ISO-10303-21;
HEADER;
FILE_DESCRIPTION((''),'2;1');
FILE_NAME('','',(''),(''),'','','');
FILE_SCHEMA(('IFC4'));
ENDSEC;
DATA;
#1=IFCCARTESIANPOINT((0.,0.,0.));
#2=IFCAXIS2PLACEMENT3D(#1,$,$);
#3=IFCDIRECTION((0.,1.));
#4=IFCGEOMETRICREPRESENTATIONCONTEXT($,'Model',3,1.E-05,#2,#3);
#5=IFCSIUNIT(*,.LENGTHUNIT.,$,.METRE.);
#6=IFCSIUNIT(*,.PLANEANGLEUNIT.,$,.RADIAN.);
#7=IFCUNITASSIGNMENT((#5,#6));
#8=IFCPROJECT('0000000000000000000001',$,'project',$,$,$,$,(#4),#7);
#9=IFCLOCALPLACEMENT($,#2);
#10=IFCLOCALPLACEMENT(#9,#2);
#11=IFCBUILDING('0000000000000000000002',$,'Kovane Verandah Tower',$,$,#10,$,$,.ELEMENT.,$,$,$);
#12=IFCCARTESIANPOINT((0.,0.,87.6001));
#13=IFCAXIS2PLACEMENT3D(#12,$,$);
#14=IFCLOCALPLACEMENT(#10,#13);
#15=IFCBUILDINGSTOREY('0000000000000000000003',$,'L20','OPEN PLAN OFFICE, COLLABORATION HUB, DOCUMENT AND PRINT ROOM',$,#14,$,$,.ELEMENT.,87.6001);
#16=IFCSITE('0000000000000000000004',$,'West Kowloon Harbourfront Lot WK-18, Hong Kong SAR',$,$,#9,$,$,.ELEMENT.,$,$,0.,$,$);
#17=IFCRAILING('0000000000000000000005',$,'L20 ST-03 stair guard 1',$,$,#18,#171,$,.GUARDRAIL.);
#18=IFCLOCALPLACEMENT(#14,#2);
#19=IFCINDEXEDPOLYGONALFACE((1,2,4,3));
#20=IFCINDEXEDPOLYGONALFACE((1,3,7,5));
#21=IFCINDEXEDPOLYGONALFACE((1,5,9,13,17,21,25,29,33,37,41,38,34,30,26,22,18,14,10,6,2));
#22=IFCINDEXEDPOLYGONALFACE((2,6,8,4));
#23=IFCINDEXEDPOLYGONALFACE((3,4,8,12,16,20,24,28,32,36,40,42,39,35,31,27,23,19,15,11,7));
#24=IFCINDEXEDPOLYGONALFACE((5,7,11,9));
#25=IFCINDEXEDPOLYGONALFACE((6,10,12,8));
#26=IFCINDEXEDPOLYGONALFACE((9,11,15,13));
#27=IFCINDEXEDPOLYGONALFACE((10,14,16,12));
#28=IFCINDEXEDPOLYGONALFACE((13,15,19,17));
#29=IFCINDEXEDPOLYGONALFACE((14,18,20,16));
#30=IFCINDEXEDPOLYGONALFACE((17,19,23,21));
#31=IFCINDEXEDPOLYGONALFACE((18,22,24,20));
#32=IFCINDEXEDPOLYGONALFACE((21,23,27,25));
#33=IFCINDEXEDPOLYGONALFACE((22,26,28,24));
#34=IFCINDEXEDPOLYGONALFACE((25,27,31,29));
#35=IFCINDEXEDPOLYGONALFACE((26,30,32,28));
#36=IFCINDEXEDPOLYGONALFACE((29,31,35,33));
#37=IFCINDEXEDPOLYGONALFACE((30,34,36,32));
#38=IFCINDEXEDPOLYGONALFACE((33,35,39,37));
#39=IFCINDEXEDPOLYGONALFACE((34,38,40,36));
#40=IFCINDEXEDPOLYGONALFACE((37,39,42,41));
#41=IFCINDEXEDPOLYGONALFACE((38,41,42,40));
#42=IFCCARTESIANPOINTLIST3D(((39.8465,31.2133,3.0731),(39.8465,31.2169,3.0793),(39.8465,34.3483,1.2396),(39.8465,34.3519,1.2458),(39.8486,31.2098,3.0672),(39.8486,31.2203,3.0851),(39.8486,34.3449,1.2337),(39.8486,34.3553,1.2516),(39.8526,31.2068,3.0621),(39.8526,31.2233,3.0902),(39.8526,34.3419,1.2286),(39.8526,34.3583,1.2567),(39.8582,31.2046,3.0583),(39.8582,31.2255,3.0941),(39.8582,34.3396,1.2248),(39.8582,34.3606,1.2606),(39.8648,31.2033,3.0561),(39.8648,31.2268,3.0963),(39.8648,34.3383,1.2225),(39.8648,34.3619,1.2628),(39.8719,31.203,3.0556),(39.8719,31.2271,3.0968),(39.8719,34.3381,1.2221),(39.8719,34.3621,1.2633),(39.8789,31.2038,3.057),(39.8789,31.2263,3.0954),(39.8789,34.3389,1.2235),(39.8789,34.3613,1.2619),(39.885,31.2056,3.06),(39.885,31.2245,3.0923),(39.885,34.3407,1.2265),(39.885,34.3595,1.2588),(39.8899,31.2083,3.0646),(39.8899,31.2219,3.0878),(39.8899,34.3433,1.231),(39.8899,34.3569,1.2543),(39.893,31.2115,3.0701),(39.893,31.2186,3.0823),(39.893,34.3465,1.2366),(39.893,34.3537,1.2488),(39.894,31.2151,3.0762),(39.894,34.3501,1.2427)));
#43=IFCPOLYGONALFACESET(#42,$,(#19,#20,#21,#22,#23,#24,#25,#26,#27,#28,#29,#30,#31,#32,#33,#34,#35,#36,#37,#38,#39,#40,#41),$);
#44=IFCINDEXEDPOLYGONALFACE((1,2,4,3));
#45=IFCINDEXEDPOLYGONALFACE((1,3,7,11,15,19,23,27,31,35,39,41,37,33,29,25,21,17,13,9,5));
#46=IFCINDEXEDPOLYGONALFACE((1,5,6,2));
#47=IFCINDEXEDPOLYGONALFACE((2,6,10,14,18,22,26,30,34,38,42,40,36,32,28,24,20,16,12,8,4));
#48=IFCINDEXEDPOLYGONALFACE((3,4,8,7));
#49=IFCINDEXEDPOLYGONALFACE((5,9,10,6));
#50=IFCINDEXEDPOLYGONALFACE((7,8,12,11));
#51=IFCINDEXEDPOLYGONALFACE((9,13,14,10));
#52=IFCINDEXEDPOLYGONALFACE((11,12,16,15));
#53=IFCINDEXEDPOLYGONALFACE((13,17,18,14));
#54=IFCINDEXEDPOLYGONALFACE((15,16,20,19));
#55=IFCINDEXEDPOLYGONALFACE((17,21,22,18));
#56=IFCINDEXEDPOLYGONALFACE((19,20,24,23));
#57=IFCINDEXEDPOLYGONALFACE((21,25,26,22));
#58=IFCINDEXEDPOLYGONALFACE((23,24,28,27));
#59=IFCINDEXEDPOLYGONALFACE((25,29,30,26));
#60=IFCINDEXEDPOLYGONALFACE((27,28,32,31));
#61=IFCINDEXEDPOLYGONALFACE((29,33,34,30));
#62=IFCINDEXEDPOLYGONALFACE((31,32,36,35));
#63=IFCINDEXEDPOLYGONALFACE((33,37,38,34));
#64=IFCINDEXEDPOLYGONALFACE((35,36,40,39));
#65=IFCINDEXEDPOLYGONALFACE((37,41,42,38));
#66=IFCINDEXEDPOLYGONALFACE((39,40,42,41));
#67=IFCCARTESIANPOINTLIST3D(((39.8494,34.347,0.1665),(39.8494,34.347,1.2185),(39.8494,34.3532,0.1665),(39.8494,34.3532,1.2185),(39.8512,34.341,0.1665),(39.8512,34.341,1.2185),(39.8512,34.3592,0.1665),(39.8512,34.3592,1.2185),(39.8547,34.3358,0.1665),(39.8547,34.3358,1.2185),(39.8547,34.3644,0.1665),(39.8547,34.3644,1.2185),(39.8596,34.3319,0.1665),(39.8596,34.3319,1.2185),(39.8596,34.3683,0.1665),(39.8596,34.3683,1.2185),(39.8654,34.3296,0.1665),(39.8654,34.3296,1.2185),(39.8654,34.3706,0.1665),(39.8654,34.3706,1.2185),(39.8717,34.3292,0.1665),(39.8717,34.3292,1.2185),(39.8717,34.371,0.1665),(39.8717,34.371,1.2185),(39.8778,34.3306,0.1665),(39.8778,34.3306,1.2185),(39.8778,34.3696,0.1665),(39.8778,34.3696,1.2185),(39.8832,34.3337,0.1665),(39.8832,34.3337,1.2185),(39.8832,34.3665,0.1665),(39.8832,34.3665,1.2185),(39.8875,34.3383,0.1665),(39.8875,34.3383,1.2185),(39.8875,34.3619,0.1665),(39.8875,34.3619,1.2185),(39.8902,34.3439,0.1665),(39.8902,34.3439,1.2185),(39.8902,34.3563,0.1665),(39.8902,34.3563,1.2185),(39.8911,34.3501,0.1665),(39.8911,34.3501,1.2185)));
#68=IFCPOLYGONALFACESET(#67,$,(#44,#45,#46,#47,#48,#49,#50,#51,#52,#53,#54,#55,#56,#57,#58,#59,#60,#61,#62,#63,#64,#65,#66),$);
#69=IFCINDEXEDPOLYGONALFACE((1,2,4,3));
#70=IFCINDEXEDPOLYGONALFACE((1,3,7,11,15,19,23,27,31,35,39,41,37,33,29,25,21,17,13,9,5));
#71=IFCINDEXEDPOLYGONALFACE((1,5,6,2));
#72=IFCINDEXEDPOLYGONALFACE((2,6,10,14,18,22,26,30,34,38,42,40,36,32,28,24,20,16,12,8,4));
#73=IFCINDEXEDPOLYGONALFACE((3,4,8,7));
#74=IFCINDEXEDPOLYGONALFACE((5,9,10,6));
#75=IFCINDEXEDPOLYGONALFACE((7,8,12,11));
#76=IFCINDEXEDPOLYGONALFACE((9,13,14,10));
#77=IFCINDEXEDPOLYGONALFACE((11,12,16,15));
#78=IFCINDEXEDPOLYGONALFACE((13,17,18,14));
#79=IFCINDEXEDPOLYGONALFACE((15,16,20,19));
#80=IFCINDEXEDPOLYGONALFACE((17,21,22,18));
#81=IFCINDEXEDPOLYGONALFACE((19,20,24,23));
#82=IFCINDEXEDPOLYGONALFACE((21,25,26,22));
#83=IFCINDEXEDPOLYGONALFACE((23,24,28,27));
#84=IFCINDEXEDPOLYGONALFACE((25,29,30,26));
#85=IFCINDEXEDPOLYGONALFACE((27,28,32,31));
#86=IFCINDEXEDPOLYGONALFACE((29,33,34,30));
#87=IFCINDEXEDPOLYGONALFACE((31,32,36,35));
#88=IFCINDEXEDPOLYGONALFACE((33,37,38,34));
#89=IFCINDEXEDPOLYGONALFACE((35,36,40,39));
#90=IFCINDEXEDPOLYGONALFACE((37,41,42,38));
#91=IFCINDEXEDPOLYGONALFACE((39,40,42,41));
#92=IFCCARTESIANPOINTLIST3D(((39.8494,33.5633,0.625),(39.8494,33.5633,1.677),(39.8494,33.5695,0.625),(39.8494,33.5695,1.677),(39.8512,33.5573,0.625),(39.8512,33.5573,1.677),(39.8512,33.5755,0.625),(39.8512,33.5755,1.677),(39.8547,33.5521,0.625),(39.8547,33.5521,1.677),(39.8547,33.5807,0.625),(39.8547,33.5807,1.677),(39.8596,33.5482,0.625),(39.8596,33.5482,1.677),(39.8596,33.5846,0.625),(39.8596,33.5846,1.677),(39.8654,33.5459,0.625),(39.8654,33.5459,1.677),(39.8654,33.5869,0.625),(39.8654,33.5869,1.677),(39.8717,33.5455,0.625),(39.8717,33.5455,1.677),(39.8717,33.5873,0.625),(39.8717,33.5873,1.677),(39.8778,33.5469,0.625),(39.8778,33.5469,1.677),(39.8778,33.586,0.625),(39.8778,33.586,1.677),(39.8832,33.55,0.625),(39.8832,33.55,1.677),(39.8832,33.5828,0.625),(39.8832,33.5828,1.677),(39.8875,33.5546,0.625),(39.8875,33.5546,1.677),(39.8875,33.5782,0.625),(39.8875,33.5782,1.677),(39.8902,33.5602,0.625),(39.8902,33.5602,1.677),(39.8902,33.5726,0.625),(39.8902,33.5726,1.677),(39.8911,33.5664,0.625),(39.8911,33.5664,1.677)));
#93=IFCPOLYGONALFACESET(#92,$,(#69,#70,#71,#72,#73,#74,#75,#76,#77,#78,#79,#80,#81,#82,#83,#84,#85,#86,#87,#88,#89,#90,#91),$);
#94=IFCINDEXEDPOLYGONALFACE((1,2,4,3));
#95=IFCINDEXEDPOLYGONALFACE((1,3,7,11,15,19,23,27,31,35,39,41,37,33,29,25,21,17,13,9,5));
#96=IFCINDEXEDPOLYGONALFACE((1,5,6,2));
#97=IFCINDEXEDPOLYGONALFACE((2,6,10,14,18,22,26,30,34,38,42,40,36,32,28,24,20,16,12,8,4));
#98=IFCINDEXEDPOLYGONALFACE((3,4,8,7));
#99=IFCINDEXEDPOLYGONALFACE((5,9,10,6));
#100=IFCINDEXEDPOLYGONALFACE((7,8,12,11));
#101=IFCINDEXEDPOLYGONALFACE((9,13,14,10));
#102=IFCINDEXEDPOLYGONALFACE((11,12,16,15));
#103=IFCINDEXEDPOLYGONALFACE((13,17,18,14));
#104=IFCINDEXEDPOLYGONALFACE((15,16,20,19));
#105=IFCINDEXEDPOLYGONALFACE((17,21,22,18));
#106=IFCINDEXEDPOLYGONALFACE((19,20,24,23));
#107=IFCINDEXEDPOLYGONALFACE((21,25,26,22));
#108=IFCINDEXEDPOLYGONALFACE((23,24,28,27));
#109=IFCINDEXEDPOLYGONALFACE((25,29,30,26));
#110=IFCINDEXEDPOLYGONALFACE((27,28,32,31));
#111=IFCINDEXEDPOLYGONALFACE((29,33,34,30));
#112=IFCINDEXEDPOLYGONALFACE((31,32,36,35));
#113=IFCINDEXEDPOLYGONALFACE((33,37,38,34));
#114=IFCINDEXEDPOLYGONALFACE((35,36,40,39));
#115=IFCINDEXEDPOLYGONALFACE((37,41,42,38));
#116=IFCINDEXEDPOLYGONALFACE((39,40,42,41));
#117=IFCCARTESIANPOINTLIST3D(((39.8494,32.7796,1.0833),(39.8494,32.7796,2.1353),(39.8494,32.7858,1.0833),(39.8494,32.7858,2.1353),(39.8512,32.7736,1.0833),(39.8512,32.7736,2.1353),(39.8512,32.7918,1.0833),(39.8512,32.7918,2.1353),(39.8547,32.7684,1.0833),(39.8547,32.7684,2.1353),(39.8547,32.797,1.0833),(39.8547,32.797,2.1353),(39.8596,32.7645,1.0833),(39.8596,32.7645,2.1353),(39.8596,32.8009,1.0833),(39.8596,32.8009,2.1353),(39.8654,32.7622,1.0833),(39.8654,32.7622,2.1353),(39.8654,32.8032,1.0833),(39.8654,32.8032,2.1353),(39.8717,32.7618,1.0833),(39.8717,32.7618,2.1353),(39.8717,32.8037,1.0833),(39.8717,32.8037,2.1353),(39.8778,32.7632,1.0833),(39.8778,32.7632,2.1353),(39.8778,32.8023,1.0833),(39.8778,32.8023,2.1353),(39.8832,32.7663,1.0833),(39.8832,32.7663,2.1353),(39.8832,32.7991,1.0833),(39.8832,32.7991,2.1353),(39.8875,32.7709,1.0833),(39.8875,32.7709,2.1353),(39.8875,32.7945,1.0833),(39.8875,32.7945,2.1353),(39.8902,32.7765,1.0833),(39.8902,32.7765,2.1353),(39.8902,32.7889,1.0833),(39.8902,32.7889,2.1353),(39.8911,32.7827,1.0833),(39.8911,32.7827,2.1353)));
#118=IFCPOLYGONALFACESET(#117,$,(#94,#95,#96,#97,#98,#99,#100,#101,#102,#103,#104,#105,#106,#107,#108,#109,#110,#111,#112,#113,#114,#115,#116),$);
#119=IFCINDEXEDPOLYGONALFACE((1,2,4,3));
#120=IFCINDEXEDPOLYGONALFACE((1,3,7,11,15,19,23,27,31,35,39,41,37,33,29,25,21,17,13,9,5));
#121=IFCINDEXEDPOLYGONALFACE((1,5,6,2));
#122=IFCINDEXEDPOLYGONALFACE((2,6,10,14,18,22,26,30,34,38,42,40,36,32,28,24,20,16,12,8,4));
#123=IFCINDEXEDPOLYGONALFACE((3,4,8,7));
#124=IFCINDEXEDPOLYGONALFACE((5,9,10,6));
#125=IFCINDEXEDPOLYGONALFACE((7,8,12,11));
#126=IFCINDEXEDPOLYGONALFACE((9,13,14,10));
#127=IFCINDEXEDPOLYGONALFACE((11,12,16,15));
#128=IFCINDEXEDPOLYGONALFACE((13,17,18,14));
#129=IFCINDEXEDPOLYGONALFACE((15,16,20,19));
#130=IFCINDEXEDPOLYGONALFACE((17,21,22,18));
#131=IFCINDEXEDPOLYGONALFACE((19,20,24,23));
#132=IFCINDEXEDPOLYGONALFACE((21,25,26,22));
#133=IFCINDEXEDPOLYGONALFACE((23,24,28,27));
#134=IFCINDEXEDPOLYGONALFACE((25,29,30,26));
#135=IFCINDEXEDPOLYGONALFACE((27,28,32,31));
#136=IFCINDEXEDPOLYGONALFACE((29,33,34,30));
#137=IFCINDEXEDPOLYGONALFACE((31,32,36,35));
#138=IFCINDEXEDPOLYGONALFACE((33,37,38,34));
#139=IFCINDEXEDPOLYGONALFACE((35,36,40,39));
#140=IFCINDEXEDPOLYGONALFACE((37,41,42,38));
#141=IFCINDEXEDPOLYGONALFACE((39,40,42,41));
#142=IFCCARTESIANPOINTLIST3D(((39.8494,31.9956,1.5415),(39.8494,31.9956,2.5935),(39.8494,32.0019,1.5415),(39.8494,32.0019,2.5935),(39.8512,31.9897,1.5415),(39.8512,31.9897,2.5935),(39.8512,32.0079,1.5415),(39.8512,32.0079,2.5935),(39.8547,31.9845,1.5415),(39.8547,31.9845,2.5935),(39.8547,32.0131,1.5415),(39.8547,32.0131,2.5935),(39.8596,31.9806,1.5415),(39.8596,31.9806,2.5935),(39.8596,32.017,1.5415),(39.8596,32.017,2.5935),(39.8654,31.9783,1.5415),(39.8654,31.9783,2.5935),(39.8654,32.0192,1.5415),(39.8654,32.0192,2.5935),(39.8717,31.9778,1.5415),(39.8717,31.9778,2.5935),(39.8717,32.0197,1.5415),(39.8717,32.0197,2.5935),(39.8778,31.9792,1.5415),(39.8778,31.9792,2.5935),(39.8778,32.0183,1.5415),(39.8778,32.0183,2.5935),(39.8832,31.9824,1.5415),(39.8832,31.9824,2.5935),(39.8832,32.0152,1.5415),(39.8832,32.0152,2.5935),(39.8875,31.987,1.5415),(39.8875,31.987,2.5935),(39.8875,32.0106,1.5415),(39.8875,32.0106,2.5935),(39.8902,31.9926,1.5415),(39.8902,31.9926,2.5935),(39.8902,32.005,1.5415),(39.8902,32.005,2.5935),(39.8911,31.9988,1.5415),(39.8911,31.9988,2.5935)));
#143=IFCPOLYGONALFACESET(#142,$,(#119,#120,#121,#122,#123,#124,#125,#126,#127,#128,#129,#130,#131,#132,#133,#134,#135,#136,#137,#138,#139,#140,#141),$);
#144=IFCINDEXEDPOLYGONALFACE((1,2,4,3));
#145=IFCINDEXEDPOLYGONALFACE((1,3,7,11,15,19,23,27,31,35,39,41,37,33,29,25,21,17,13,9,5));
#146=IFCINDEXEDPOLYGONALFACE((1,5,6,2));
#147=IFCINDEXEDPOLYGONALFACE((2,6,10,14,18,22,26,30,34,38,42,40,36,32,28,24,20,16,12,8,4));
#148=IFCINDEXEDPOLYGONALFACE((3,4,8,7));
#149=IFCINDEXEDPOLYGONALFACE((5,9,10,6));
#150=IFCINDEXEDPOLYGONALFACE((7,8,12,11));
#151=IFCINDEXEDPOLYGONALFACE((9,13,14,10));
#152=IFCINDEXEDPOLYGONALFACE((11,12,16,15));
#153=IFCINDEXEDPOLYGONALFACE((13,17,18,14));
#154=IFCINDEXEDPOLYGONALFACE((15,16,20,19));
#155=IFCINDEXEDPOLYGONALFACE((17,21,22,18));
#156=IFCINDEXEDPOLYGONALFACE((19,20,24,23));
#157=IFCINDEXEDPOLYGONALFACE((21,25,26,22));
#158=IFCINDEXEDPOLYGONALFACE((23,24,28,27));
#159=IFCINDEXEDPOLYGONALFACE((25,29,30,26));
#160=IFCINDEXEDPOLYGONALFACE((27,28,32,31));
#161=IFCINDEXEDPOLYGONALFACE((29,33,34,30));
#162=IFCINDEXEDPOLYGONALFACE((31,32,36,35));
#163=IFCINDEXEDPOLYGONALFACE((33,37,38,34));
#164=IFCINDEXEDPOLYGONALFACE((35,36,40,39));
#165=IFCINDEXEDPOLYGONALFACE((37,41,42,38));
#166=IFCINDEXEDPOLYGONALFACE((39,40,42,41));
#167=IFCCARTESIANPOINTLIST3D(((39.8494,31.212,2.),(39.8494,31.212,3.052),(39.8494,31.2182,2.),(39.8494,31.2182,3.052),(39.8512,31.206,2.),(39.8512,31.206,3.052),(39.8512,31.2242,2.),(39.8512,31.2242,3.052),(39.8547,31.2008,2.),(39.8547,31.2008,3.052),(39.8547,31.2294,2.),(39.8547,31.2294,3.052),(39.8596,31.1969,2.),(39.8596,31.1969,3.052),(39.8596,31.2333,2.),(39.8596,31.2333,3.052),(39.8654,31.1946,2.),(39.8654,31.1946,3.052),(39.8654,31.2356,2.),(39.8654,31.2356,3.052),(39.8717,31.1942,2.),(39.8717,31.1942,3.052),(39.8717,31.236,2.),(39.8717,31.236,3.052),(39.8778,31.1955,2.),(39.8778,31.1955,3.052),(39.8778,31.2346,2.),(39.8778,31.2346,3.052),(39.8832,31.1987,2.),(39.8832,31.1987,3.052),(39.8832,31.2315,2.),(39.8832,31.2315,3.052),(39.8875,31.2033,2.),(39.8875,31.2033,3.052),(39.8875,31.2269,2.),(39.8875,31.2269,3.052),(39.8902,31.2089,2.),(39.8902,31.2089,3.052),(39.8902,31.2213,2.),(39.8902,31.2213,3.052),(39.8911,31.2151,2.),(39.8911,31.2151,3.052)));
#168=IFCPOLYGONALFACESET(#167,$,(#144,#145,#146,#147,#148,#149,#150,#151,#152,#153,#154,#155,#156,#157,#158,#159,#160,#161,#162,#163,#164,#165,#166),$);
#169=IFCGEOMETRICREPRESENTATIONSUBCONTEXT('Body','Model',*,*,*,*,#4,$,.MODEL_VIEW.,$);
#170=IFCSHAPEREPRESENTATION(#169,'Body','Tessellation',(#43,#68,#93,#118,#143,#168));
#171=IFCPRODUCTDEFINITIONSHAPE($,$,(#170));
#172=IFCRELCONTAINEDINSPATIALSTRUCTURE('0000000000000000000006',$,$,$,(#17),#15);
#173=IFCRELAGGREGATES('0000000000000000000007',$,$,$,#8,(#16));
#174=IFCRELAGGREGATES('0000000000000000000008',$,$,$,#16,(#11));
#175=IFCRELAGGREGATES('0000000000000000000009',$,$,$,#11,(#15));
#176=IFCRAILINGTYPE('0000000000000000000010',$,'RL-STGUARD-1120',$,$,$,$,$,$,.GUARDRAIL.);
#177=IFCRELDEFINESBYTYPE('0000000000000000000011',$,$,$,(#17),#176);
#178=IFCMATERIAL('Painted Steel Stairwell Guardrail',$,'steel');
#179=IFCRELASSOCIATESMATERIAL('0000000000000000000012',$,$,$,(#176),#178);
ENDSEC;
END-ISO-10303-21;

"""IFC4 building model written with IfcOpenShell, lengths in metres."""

from ifc_helpers import new_model, si_unit, direction, frame, origin, origin_2d, place, context, subcontext, project, spatial, circle, extrude, material, type_object, element, save


model = new_model("IFC4")

# Units and contexts
model_context = context("Model", 3, precision=1e-05, world=origin(), true_north=direction((0.0, 1.0)))
body_context = subcontext(model_context, "Body", "Model", "MODEL_VIEW")
ifc_project = project(units=[si_unit("LENGTHUNIT", "METRE"), si_unit("PLANEANGLEUNIT", "RADIAN")], contexts=[model_context])

# Site, building, storey
site_placement = place(None, origin())
site = spatial("IfcSite", under=ifc_project, at=site_placement, Name="West Kowloon Harbourfront Lot WK-18, Hong Kong SAR", CompositionType="ELEMENT", RefElevation=0.0)
building_placement = place(site_placement, origin())
building = spatial("IfcBuilding", under=site, at=building_placement, Name="Kovane Verandah Tower", CompositionType="ELEMENT")
storey_placement = place(building_placement, frame((0.0, 0.0, 87.6001)))
storey = spatial("IfcBuildingStorey", under=building, at=storey_placement, Name="L20", Description="OPEN PLAN OFFICE, COLLABORATION HUB, DOCUMENT AND PRINT ROOM", CompositionType="ELEMENT", Elevation=87.6001)

# Railing
ifc_material_1 = material(Name="Painted Steel Stairwell Guardrail", Category="steel")
railing_type_1 = type_object("IfcRailingType", Name="RL-STGUARD-1120", PredefinedType="GUARDRAIL", material=ifc_material_1)
railing_1_placement = place(storey_placement, frame((39.8701, 34.3501, 0.1665)))
element("IfcRailing", 1, at=railing_1_placement, inside=storey, type_object=railing_type_1, Name="L20 ST-03 stair guard 1", PredefinedType="GUARDRAIL", context=body_context, shape_type="SweptSolid", body=[
    extrude(circle(Radius=0.0239, at=origin_2d()), frame((0.0, 0.0, 1.0762), z_axis=(0.0, -0.86321, 0.504845), x_axis=(1.0, 0.0, 0.0)), (0.0, 0.0, 1.0), 3.6318),
    extrude(circle(Radius=0.021, at=origin_2d()), origin(), (0.0, 0.0, 1.0), 1.052),
    extrude(circle(Radius=0.021, at=origin_2d()), frame((0.0, -0.7837, 0.4585)), (0.0, 0.0, 1.0), 1.052),
    extrude(circle(Radius=0.021, at=origin_2d()), frame((0.0, -1.5674, 0.9167)), (0.0, 0.0, 1.0), 1.052),
    extrude(circle(Radius=0.021, at=origin_2d()), frame((0.0, -2.3513, 1.375)), (0.0, 0.0, 1.0), 1.052),
    extrude(circle(Radius=0.021, at=origin_2d()), frame((0.0, -3.135, 1.8335)), (0.0, 0.0, 1.0), 1.052),
])

save(model, "model.ifc")
